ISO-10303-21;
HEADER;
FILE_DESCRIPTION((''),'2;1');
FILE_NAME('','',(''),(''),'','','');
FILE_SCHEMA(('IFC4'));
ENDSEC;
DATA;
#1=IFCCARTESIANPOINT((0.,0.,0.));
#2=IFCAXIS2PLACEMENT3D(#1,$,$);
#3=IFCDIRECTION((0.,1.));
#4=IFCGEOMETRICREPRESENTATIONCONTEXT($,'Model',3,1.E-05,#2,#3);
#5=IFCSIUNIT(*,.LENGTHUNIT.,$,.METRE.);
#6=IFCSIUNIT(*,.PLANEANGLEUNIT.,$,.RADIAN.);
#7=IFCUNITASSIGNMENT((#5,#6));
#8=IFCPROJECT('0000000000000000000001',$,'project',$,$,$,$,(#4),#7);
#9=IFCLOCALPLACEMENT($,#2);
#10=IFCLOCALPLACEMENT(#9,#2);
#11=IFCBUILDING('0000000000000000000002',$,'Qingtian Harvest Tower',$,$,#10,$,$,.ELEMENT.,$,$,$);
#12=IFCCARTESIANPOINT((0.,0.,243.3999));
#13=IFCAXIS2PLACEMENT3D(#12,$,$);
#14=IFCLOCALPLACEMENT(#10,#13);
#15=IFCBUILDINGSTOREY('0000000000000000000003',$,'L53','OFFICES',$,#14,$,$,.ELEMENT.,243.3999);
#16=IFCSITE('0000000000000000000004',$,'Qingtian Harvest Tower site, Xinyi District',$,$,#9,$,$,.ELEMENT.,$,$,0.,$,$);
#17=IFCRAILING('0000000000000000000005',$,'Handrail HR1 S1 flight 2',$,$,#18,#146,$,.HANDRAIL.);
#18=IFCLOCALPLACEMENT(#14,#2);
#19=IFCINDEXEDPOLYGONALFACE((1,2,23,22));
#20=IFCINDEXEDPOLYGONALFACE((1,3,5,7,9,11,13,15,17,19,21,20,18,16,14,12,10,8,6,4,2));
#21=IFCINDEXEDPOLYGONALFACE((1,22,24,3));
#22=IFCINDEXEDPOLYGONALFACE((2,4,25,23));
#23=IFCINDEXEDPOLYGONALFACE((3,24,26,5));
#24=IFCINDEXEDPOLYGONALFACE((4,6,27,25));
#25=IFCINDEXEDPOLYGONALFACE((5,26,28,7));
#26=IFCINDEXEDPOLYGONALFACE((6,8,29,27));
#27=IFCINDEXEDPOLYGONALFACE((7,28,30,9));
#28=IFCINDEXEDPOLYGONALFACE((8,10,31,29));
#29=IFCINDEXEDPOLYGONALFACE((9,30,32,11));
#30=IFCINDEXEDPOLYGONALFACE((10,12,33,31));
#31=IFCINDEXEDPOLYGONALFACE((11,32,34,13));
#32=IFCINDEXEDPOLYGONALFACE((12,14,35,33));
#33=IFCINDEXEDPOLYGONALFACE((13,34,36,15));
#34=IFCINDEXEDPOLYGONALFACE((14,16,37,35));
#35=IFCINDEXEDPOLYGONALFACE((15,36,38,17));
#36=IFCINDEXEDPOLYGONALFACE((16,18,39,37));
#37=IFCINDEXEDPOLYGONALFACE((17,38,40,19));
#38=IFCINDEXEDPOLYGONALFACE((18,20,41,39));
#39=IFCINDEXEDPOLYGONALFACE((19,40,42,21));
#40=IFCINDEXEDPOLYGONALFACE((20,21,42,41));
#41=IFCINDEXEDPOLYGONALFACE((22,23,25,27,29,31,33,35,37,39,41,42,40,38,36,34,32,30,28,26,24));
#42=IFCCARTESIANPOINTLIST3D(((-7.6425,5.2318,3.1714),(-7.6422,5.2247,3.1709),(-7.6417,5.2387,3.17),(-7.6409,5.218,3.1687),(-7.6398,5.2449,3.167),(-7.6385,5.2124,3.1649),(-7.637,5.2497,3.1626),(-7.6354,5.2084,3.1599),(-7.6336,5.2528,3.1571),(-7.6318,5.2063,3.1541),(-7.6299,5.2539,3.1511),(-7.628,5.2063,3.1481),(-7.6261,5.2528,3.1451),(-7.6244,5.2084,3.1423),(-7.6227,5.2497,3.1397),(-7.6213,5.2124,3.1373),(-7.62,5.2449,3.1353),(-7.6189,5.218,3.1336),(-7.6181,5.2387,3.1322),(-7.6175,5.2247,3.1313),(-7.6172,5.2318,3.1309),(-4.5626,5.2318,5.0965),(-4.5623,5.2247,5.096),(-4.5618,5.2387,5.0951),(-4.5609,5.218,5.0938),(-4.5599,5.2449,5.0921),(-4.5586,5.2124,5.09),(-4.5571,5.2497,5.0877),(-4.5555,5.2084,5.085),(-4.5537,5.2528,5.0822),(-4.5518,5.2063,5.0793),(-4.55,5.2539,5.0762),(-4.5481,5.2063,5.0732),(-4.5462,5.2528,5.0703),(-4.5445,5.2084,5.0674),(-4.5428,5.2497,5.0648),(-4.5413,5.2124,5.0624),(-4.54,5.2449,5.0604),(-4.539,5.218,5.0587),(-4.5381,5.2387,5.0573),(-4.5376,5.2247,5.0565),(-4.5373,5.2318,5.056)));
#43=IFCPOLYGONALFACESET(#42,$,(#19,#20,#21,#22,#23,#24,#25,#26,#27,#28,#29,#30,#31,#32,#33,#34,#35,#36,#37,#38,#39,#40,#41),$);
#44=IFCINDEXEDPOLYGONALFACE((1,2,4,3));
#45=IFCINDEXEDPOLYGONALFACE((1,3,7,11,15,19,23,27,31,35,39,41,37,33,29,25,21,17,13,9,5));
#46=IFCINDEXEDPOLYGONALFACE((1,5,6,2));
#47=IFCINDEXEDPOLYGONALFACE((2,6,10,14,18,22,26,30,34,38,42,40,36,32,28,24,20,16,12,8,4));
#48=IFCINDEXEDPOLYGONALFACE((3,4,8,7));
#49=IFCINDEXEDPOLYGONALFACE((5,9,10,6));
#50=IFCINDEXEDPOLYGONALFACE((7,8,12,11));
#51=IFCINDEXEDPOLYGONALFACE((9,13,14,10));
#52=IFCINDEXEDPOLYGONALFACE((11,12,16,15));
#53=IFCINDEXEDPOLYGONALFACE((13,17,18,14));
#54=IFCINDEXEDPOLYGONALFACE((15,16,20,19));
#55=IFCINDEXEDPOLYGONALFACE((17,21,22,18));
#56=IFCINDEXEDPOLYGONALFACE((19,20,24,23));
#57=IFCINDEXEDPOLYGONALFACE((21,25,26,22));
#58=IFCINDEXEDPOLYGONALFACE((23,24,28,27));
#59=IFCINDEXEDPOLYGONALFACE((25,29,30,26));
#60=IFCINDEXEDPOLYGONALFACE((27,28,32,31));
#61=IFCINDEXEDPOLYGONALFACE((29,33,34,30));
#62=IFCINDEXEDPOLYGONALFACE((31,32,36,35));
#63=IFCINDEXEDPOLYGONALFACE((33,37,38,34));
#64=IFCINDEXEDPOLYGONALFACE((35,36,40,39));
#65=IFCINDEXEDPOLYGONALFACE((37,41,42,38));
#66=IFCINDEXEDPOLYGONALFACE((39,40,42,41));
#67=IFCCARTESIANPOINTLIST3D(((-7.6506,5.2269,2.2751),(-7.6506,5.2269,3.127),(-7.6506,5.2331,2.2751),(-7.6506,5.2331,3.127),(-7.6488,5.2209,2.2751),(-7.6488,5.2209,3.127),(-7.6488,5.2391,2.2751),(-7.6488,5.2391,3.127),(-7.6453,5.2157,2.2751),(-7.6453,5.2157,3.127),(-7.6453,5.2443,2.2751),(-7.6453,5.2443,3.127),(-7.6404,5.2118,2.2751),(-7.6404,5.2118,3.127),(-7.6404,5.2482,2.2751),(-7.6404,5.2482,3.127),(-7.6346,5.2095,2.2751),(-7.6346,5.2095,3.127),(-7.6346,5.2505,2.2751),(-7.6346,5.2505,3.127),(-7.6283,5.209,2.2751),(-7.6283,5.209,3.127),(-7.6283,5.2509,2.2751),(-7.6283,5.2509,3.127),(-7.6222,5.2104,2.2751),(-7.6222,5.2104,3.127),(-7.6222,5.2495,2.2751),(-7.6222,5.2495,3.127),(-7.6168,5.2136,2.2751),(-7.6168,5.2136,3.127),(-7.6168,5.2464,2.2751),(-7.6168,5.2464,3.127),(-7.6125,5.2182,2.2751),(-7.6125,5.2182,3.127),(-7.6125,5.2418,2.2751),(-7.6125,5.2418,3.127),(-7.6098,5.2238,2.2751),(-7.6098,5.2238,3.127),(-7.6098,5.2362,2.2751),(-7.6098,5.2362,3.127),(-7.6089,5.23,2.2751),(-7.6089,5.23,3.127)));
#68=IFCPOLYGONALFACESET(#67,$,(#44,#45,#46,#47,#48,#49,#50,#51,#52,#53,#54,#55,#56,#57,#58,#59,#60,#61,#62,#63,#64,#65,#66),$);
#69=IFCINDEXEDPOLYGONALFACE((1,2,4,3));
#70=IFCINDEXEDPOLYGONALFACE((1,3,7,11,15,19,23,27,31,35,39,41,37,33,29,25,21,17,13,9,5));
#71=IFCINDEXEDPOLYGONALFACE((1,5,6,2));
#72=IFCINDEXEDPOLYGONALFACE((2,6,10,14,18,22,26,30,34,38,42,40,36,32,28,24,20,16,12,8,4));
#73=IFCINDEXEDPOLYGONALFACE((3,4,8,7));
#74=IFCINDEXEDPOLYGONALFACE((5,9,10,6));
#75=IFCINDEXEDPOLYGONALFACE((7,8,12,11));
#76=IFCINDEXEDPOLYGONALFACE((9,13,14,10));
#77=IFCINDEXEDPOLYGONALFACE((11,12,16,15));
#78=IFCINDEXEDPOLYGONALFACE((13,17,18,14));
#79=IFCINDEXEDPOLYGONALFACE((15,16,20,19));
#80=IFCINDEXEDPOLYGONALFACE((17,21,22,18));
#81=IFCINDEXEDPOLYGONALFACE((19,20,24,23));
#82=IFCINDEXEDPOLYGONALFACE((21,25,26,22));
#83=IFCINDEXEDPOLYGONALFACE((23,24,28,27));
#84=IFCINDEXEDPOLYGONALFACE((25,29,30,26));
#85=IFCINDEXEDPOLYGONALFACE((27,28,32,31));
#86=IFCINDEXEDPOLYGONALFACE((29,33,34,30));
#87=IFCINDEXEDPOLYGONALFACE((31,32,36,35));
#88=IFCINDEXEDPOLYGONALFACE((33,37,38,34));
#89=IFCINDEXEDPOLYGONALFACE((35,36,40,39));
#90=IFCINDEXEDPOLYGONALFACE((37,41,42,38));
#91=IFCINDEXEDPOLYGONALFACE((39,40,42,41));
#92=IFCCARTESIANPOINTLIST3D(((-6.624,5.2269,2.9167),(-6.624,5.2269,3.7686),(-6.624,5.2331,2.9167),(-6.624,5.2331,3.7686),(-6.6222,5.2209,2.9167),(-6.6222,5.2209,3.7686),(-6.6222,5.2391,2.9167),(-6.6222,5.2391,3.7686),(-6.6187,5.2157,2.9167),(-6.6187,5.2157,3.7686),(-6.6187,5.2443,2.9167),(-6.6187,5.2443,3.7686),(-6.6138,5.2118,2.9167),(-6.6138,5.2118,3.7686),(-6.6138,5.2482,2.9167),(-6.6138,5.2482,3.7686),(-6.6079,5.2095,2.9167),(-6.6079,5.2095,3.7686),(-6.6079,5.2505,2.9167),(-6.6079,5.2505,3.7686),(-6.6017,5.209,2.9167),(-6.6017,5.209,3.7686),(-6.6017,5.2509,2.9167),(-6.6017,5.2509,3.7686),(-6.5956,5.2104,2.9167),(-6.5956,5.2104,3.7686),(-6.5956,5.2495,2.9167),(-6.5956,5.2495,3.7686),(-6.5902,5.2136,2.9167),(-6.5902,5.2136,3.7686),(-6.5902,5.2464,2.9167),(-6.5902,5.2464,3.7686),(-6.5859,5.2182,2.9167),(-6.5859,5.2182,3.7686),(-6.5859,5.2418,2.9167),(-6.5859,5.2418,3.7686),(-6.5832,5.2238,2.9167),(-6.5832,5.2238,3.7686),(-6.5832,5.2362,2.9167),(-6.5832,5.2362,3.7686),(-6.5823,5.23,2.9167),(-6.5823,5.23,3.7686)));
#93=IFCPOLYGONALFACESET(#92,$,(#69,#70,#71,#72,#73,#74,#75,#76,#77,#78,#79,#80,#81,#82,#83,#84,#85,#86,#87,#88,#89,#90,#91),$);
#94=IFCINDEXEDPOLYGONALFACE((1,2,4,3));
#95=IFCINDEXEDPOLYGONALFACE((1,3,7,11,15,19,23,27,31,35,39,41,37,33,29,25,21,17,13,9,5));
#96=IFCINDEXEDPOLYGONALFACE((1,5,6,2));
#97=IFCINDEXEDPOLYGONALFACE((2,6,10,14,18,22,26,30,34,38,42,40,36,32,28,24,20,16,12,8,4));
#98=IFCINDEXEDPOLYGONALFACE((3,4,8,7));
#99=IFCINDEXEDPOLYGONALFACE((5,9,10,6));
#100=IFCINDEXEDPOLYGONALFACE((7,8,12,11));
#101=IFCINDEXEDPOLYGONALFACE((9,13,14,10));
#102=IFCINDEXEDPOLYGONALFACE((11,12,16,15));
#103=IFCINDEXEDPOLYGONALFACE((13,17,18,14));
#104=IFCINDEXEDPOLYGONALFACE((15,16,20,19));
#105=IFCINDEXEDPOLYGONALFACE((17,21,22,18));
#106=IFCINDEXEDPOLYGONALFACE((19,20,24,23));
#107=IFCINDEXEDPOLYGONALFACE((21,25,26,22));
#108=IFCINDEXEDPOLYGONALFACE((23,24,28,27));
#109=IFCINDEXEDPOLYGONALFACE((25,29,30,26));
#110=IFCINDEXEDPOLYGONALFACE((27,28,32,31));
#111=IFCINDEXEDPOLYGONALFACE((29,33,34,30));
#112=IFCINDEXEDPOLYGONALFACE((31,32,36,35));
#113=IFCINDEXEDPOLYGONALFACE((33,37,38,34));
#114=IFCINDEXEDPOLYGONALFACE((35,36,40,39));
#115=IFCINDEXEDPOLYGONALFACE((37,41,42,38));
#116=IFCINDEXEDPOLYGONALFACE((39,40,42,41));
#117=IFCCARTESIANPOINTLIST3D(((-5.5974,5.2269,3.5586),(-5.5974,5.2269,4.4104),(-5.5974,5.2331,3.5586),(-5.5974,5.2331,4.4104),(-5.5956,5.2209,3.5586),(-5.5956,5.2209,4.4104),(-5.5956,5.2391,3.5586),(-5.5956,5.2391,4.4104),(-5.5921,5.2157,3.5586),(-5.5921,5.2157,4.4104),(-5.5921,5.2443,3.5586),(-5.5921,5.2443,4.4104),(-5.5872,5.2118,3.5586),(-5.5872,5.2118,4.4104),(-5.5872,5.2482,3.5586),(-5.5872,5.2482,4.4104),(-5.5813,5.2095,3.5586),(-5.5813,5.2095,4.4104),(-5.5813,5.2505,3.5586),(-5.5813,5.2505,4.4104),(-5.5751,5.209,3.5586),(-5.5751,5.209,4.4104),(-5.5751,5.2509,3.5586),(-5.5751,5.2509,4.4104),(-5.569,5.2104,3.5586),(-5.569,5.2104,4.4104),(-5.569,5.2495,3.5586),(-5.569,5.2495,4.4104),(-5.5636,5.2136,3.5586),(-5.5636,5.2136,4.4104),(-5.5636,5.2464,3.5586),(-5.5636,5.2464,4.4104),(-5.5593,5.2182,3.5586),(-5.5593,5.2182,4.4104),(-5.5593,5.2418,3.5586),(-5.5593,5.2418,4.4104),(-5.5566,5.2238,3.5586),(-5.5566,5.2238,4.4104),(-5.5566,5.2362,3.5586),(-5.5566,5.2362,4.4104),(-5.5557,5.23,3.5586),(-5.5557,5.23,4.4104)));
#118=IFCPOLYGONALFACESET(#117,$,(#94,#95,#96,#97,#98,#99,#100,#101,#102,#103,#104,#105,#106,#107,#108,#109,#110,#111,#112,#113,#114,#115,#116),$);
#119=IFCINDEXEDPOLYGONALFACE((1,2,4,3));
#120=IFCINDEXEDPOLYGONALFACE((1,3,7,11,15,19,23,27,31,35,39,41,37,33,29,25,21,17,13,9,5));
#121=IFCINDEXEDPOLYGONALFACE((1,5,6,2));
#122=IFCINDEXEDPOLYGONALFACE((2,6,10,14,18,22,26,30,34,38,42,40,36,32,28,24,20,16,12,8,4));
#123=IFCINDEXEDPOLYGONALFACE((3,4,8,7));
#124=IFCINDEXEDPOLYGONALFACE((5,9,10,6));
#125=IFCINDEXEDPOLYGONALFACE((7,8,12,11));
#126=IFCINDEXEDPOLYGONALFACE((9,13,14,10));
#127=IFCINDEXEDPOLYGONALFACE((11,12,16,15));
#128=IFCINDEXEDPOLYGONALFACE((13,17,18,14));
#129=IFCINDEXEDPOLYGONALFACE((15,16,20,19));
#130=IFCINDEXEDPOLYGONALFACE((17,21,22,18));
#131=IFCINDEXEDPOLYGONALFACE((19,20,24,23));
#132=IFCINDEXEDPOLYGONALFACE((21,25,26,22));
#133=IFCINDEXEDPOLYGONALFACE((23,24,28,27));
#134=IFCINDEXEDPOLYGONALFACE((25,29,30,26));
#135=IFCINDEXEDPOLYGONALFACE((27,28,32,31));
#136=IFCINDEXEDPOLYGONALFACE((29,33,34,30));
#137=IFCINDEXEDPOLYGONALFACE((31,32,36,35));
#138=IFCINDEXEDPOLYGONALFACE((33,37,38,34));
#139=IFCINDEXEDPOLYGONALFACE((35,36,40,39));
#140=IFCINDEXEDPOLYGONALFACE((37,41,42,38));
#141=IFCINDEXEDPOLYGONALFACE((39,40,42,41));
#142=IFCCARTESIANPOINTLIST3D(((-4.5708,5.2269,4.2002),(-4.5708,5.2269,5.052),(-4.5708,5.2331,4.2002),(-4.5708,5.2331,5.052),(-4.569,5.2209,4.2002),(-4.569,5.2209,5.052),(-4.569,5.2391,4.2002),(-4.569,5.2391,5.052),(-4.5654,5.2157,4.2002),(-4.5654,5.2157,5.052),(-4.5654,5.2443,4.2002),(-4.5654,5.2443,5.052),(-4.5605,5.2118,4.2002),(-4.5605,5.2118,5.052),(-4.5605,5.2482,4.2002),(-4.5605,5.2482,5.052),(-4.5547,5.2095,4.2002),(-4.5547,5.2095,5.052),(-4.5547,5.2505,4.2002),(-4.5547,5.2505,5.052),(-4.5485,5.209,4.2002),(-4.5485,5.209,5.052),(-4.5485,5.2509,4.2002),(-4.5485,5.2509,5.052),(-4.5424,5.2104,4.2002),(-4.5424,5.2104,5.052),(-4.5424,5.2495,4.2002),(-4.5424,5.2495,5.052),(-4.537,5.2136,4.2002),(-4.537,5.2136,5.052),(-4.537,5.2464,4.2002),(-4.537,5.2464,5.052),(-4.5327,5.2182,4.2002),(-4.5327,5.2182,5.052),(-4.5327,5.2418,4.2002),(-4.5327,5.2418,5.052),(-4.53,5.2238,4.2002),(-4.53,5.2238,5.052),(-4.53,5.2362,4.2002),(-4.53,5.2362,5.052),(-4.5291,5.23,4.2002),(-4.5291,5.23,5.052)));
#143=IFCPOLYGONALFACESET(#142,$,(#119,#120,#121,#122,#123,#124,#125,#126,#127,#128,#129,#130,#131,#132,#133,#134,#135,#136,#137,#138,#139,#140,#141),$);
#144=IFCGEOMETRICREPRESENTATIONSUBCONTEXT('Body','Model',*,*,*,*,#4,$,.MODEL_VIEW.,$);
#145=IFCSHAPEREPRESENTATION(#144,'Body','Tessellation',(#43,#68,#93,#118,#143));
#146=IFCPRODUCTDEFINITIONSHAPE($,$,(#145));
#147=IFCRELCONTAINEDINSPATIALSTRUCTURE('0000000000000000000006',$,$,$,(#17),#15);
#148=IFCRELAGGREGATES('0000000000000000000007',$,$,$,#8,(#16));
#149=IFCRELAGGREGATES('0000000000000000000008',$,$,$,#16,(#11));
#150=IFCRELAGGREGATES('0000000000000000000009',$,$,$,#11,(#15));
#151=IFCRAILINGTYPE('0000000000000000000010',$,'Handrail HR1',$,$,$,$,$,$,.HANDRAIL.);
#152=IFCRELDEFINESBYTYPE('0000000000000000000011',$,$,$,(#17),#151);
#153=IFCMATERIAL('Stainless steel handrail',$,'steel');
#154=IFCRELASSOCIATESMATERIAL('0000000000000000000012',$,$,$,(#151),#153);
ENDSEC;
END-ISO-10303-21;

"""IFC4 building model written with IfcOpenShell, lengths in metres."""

from ifc_helpers import new_model, si_unit, direction, frame, origin, origin_2d, place, context, subcontext, project, spatial, circle, extrude, material, type_object, element, save


model = new_model("IFC4")

# Units and contexts
model_context = context("Model", 3, precision=1e-05, world=origin(), true_north=direction((0.0, 1.0)))
body_context = subcontext(model_context, "Body", "Model", "MODEL_VIEW")
ifc_project = project(units=[si_unit("LENGTHUNIT", "METRE"), si_unit("PLANEANGLEUNIT", "RADIAN")], contexts=[model_context])

# Site, building, storey
site_placement = place(None, origin())
site = spatial("IfcSite", under=ifc_project, at=site_placement, Name="Qingtian Harvest Tower site, Xinyi District", CompositionType="ELEMENT", RefElevation=0.0)
building_placement = place(site_placement, origin())
building = spatial("IfcBuilding", under=site, at=building_placement, Name="Qingtian Harvest Tower", CompositionType="ELEMENT")
storey_placement = place(building_placement, frame((0.0, 0.0, 243.3999)))
storey = spatial("IfcBuildingStorey", under=building, at=storey_placement, Name="L53", Description="OFFICES", CompositionType="ELEMENT", Elevation=243.3999)

# Railing
ifc_material_1 = material(Name="Stainless steel handrail", Category="steel")
railing_type = type_object("IfcRailingType", Name="Handrail HR1", PredefinedType="HANDRAIL", material=ifc_material_1)
railing_1_placement = place(storey_placement, frame((-7.6299, 5.23, 2.2751)))
element("IfcRailing", 1, at=railing_1_placement, inside=storey, type_object=railing_type, Name="Handrail HR1 S1 flight 2", PredefinedType="HANDRAIL", context=body_context, shape_type="SweptSolid", body=[
    extrude(circle(Radius=0.0239, at=origin_2d()), frame((0.0, 0.0, 0.876), z_axis=(0.847979, 0.0, 0.530029), x_axis=(0.0, 1.0, 0.0)), (0.0, 0.0, 1.0), 3.6321),
    extrude(circle(Radius=0.021, at=origin_2d()), origin(), (0.0, 0.0, 1.0), 0.8518),
    extrude(circle(Radius=0.021, at=origin_2d()), frame((1.0266, 0.0, 0.6416)), (0.0, 0.0, 1.0), 0.8518),
    extrude(circle(Radius=0.021, at=origin_2d()), frame((2.0532, 0.0, 1.2834)), (0.0, 0.0, 1.0), 0.8518),
    extrude(circle(Radius=0.021, at=origin_2d()), frame((3.0798, 0.0, 1.925)), (0.0, 0.0, 1.0), 0.8518),
])

save(model, "model.ifc")
